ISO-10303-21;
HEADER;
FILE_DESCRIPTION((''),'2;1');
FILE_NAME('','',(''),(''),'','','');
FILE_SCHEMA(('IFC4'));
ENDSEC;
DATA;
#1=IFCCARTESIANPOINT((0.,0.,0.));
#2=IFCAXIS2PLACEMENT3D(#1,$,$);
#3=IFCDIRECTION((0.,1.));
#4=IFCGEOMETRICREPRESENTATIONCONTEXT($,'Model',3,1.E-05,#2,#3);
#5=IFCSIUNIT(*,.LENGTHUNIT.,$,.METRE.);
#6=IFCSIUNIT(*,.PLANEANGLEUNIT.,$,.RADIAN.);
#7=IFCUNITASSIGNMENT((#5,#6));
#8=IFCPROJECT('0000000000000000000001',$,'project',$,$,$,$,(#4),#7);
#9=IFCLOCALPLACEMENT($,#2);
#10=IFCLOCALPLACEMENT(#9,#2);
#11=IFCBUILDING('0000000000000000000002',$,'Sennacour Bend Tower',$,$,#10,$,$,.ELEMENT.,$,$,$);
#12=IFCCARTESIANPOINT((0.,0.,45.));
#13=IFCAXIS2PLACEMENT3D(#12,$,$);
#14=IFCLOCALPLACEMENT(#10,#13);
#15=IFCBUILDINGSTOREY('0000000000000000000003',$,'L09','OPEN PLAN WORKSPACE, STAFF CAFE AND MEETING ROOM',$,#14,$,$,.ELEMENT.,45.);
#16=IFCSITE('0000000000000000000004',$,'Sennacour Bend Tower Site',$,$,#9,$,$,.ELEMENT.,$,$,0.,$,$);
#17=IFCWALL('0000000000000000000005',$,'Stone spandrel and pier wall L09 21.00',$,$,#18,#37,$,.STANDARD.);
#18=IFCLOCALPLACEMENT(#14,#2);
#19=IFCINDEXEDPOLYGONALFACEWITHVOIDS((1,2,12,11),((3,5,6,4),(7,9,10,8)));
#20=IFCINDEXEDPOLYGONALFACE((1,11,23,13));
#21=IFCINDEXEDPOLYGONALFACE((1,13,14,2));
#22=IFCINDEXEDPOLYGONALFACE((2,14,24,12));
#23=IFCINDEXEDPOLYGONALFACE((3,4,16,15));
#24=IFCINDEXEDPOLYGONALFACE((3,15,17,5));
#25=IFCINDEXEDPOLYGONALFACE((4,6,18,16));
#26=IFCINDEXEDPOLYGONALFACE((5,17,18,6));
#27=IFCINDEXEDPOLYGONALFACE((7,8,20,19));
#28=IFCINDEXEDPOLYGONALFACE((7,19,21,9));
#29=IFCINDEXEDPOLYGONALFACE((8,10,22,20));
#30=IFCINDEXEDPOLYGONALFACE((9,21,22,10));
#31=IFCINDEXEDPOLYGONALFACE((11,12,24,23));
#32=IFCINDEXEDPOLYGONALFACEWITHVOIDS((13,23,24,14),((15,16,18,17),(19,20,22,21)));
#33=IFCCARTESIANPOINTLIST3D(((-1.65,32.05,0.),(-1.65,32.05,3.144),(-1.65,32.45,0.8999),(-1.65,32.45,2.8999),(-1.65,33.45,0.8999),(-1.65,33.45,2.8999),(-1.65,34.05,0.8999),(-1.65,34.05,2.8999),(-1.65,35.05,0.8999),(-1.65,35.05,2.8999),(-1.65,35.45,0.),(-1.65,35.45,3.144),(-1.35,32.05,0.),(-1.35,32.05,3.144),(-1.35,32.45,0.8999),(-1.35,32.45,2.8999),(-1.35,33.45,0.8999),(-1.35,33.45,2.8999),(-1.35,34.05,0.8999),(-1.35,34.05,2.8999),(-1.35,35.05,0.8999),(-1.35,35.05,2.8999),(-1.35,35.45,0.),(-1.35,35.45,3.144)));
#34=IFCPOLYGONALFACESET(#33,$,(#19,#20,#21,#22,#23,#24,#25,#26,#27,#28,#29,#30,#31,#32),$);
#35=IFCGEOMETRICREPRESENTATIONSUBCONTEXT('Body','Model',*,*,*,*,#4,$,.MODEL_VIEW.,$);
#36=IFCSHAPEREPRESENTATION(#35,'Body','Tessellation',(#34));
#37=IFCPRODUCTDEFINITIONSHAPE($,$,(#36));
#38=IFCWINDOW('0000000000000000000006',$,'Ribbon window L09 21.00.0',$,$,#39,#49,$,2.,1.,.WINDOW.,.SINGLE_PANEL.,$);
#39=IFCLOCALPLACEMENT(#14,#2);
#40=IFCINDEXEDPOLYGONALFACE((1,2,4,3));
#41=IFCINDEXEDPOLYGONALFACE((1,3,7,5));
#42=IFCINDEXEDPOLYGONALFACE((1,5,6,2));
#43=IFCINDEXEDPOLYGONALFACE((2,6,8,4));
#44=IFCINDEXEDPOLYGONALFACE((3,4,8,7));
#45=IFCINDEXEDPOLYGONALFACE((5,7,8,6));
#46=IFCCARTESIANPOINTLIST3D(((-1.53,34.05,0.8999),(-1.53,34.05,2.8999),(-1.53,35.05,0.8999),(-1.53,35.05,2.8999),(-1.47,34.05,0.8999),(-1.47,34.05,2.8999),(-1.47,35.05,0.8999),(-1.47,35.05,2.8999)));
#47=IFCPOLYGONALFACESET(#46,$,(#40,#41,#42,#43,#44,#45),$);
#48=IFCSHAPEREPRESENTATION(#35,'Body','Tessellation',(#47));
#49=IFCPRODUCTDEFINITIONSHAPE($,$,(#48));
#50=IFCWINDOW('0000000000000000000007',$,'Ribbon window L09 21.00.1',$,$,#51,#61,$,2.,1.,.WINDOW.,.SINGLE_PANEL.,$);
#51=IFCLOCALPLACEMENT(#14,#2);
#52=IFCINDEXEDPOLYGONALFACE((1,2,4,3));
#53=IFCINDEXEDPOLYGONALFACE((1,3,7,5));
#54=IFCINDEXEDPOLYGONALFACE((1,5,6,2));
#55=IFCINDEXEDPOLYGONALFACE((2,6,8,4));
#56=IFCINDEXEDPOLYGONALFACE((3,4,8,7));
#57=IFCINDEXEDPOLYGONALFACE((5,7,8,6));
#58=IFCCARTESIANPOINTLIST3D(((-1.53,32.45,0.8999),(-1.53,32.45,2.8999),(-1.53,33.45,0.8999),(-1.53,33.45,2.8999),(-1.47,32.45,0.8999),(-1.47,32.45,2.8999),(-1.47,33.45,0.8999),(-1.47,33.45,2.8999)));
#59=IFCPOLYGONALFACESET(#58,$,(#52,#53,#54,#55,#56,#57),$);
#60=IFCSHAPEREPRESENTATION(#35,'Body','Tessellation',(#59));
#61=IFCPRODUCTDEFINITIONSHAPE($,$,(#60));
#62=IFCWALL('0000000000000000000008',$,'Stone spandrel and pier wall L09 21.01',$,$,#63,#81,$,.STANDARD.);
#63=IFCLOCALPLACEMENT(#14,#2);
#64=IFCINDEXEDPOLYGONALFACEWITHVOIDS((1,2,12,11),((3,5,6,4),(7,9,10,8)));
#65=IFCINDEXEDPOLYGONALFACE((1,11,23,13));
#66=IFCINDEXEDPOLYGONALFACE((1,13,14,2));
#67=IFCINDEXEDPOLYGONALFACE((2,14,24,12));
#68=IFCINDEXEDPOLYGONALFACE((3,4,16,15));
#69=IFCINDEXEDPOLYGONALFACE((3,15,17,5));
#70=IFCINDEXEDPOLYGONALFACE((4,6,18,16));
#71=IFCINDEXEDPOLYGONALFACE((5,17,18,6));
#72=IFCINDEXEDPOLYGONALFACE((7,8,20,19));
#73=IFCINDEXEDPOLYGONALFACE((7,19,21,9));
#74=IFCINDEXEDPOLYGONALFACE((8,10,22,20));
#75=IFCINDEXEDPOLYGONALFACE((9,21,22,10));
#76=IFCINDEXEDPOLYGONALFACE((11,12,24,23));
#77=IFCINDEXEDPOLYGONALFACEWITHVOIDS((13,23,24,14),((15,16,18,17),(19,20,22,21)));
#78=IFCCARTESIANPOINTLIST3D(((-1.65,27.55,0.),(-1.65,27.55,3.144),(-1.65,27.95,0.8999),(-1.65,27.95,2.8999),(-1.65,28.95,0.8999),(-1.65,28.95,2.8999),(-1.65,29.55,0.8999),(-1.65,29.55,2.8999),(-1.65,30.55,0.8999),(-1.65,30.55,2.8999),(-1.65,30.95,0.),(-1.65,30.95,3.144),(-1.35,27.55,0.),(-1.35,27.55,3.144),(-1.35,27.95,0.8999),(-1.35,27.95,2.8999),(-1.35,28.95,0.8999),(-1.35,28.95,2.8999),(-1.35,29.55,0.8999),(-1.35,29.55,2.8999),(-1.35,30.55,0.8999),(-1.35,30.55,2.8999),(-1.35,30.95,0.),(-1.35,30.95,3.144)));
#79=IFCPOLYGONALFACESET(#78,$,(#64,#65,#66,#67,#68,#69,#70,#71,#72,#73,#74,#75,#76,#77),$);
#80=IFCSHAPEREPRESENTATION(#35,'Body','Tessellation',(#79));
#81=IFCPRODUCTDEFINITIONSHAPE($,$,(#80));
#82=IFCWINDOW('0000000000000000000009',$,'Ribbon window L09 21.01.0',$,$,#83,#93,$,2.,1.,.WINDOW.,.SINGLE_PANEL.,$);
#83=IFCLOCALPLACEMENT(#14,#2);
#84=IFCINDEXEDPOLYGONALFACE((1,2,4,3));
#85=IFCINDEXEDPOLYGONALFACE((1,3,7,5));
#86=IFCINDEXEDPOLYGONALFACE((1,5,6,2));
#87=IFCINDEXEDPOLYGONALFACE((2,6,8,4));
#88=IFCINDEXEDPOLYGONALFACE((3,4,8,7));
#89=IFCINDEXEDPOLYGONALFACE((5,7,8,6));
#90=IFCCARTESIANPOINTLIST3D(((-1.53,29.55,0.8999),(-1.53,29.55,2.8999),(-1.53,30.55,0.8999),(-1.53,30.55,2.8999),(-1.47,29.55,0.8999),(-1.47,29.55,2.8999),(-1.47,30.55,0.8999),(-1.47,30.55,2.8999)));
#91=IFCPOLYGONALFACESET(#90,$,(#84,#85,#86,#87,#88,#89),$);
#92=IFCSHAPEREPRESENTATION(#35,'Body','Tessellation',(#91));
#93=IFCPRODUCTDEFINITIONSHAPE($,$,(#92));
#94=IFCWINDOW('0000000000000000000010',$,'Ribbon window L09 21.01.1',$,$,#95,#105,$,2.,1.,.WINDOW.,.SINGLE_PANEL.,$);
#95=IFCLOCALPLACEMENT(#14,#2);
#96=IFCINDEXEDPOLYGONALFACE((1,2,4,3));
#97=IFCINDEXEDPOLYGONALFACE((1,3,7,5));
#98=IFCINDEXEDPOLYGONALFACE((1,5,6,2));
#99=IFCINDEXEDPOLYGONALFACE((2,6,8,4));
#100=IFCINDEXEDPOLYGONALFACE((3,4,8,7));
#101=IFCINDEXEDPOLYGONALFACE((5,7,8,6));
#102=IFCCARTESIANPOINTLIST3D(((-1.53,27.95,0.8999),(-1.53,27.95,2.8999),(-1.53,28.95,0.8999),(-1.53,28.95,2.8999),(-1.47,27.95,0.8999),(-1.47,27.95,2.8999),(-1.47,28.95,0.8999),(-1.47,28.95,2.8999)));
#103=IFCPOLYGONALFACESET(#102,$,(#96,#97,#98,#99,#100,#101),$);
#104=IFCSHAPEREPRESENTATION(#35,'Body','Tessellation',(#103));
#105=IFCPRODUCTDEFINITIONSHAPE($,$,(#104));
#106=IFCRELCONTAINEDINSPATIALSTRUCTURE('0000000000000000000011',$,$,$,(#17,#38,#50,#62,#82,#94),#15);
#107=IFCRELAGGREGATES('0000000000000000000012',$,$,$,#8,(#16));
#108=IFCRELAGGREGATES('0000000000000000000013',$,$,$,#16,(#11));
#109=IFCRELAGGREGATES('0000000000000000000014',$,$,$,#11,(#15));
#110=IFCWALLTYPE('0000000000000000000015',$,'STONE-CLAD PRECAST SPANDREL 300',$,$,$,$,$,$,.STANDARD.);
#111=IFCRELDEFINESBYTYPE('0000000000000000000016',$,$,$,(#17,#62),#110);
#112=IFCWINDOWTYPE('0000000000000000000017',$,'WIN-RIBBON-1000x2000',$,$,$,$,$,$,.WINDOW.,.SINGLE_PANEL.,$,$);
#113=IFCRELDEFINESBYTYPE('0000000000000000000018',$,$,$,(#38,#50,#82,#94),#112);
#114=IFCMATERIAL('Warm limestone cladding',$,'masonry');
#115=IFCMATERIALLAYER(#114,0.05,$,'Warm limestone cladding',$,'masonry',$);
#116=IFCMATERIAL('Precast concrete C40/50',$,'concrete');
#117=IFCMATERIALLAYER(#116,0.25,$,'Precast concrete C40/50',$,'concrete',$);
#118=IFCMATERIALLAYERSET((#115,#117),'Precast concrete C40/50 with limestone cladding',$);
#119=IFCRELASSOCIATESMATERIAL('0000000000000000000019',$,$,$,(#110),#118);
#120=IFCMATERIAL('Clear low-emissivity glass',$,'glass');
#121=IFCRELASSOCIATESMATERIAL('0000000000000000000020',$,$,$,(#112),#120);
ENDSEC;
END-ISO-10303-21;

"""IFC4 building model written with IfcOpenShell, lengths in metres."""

from ifc_helpers import new_model, si_unit, direction, frame, frame_2d, origin, place, context, subcontext, project, spatial, rectangle, extrude, material, layer, layer_set, type_object, element, fill, save


model = new_model("IFC4")

# Units and contexts
model_context = context("Model", 3, precision=1e-05, world=origin(), true_north=direction((0.0, 1.0)))
body_context = subcontext(model_context, "Body", "Model", "MODEL_VIEW")
ifc_project = project(units=[si_unit("LENGTHUNIT", "METRE"), si_unit("PLANEANGLEUNIT", "RADIAN")], contexts=[model_context])

# Site, building, storey
site_placement = place(None, origin())
site = spatial("IfcSite", under=ifc_project, at=site_placement, Name="Sennacour Bend Tower Site", CompositionType="ELEMENT", RefElevation=0.0)
building_placement = place(site_placement, origin())
building = spatial("IfcBuilding", under=site, at=building_placement, Name="Sennacour Bend Tower", CompositionType="ELEMENT")
storey_placement = place(building_placement, frame((0.0, 0.0, 45.0)))
storey = spatial("IfcBuildingStorey", under=building, at=storey_placement, Name="L09", Description="OPEN PLAN WORKSPACE, STAFF CAFE AND MEETING ROOM", CompositionType="ELEMENT", Elevation=45.0)

# Shared definitions
ifc_material_1 = material(Name="Warm limestone cladding", Category="masonry")
ifc_layer_1 = layer(ifc_material_1, 0.05, Name="Warm limestone cladding", Category="masonry")
ifc_material_2 = material(Name="Precast concrete C40/50", Category="concrete")
ifc_layer_2 = layer(ifc_material_2, 0.25, Name="Precast concrete C40/50", Category="concrete")
ifc_layer_set_1 = layer_set([ifc_layer_1, ifc_layer_2], Name="Precast concrete C40/50 with limestone cladding")
wall_type_1 = type_object("IfcWallType", Name="STONE-CLAD PRECAST SPANDREL 300", PredefinedType="STANDARD", material=ifc_layer_set_1)

# Walls, openings, windows
wall_1_placement = place(storey_placement, frame((-1.5, 35.45, 0.0), z_axis=(0.0, 0.0, 1.0), x_axis=(0.0, -1.0, 0.0)))
wall_1 = element("IfcWall", 1, at=wall_1_placement, inside=storey, type_object=wall_type_1, Name="Stone spandrel and pier wall L09 21.00", PredefinedType="STANDARD", context=body_context, shape_type="SweptSolid", body=[
    extrude(rectangle(XDim=3.3999, YDim=0.3, at=frame_2d((1.7, 0.0))), origin(), (0.0, 0.0, 1.0), 3.144),
])
opening_1_placement = place(wall_1_placement, frame((0.3999, 0.0, 0.8999)))
opening_1 = element("IfcOpeningElement", 2, at=opening_1_placement, cuts=wall_1, PredefinedType="OPENING", context=body_context, shape_type="SweptSolid", body=[
    extrude(rectangle(XDim=1.0, YDim=2.0, at=frame_2d((0.5, 1.0))), frame((0.0, 0.1602, 0.0), z_axis=(0.0, -1.0, 0.0), x_axis=(1.0, 0.0, 0.0)), (0.0, 0.0, 1.0), 0.3201),
])
opening_2_placement = place(wall_1_placement, frame((2.0, 0.0, 0.8999)))
opening_2 = element("IfcOpeningElement", 3, at=opening_2_placement, cuts=wall_1, PredefinedType="OPENING", context=body_context, shape_type="SweptSolid", body=[
    extrude(rectangle(XDim=1.0, YDim=2.0, at=frame_2d((0.5, 1.0))), frame((0.0, 0.1602, 0.0), z_axis=(0.0, -1.0, 0.0), x_axis=(1.0, 0.0, 0.0)), (0.0, 0.0, 1.0), 0.3201),
])
ifc_material_3 = material(Name="Clear low-emissivity glass", Category="glass")
window_type = type_object("IfcWindowType", Name="WIN-RIBBON-1000x2000", PartitioningType="SINGLE_PANEL", PredefinedType="WINDOW", material=ifc_material_3)
window_1_placement = place(opening_1_placement, origin())
window_1 = element("IfcWindow", 4, at=window_1_placement, inside=storey, type_object=window_type, Name="Ribbon window L09 21.00.0", OverallHeight=2.0, OverallWidth=1.0, PartitioningType="SINGLE_PANEL", PredefinedType="WINDOW", context=body_context, shape_type="SweptSolid", body=[
    extrude(rectangle(XDim=1.0, YDim=2.0, at=frame_2d((0.5, 1.0))), frame((0.0, 0.03, 0.0), z_axis=(0.0, -1.0, 0.0), x_axis=(1.0, 0.0, 0.0)), (0.0, 0.0, 1.0), 0.0601),
])
fill(opening_1, window_1)
window_2_placement = place(opening_2_placement, origin())
window_2 = element("IfcWindow", 5, at=window_2_placement, inside=storey, type_object=window_type, Name="Ribbon window L09 21.00.1", OverallHeight=2.0, OverallWidth=1.0, PartitioningType="SINGLE_PANEL", PredefinedType="WINDOW", context=body_context, shape_type="SweptSolid", body=[
    extrude(rectangle(XDim=1.0, YDim=2.0, at=frame_2d((0.5, 1.0))), frame((0.0, 0.03, 0.0), z_axis=(0.0, -1.0, 0.0), x_axis=(1.0, 0.0, 0.0)), (0.0, 0.0, 1.0), 0.0601),
])
fill(opening_2, window_2)
wall_2_placement = place(storey_placement, frame((-1.5, 30.95, 0.0), z_axis=(0.0, 0.0, 1.0), x_axis=(0.0, -1.0, 0.0)))
wall_2 = element("IfcWall", 6, at=wall_2_placement, inside=storey, type_object=wall_type_1, Name="Stone spandrel and pier wall L09 21.01", PredefinedType="STANDARD", context=body_context, shape_type="SweptSolid", body=[
    extrude(rectangle(XDim=3.3999, YDim=0.3, at=frame_2d((1.7, 0.0))), origin(), (0.0, 0.0, 1.0), 3.144),
])
opening_3_placement = place(wall_2_placement, frame((0.3999, 0.0, 0.8999)))
opening_3 = element("IfcOpeningElement", 7, at=opening_3_placement, cuts=wall_2, PredefinedType="OPENING", context=body_context, shape_type="SweptSolid", body=[
    extrude(rectangle(XDim=1.0, YDim=2.0, at=frame_2d((0.5, 1.0))), frame((0.0, 0.1602, 0.0), z_axis=(0.0, -1.0, 0.0), x_axis=(1.0, 0.0, 0.0)), (0.0, 0.0, 1.0), 0.3201),
])
opening_4_placement = place(wall_2_placement, frame((2.0, 0.0, 0.8999)))
opening_4 = element("IfcOpeningElement", 8, at=opening_4_placement, cuts=wall_2, PredefinedType="OPENING", context=body_context, shape_type="SweptSolid", body=[
    extrude(rectangle(XDim=1.0, YDim=2.0, at=frame_2d((0.5, 1.0))), frame((0.0, 0.1602, 0.0), z_axis=(0.0, -1.0, 0.0), x_axis=(1.0, 0.0, 0.0)), (0.0, 0.0, 1.0), 0.3201),
])
window_3_placement = place(opening_3_placement, origin())
window_3 = element("IfcWindow", 9, at=window_3_placement, inside=storey, type_object=window_type, Name="Ribbon window L09 21.01.0", OverallHeight=2.0, OverallWidth=1.0, PartitioningType="SINGLE_PANEL", PredefinedType="WINDOW", context=body_context, shape_type="SweptSolid", body=[
    extrude(rectangle(XDim=1.0, YDim=2.0, at=frame_2d((0.5, 1.0))), frame((0.0, 0.03, 0.0), z_axis=(0.0, -1.0, 0.0), x_axis=(1.0, 0.0, 0.0)), (0.0, 0.0, 1.0), 0.0601),
])
fill(opening_3, window_3)
window_4_placement = place(opening_4_placement, origin())
window_4 = element("IfcWindow", 10, at=window_4_placement, inside=storey, type_object=window_type, Name="Ribbon window L09 21.01.1", OverallHeight=2.0, OverallWidth=1.0, PartitioningType="SINGLE_PANEL", PredefinedType="WINDOW", context=body_context, shape_type="SweptSolid", body=[
    extrude(rectangle(XDim=1.0, YDim=2.0, at=frame_2d((0.5, 1.0))), frame((0.0, 0.03, 0.0), z_axis=(0.0, -1.0, 0.0), x_axis=(1.0, 0.0, 0.0)), (0.0, 0.0, 1.0), 0.0601),
])
fill(opening_4, window_4)

save(model, "model.ifc")
